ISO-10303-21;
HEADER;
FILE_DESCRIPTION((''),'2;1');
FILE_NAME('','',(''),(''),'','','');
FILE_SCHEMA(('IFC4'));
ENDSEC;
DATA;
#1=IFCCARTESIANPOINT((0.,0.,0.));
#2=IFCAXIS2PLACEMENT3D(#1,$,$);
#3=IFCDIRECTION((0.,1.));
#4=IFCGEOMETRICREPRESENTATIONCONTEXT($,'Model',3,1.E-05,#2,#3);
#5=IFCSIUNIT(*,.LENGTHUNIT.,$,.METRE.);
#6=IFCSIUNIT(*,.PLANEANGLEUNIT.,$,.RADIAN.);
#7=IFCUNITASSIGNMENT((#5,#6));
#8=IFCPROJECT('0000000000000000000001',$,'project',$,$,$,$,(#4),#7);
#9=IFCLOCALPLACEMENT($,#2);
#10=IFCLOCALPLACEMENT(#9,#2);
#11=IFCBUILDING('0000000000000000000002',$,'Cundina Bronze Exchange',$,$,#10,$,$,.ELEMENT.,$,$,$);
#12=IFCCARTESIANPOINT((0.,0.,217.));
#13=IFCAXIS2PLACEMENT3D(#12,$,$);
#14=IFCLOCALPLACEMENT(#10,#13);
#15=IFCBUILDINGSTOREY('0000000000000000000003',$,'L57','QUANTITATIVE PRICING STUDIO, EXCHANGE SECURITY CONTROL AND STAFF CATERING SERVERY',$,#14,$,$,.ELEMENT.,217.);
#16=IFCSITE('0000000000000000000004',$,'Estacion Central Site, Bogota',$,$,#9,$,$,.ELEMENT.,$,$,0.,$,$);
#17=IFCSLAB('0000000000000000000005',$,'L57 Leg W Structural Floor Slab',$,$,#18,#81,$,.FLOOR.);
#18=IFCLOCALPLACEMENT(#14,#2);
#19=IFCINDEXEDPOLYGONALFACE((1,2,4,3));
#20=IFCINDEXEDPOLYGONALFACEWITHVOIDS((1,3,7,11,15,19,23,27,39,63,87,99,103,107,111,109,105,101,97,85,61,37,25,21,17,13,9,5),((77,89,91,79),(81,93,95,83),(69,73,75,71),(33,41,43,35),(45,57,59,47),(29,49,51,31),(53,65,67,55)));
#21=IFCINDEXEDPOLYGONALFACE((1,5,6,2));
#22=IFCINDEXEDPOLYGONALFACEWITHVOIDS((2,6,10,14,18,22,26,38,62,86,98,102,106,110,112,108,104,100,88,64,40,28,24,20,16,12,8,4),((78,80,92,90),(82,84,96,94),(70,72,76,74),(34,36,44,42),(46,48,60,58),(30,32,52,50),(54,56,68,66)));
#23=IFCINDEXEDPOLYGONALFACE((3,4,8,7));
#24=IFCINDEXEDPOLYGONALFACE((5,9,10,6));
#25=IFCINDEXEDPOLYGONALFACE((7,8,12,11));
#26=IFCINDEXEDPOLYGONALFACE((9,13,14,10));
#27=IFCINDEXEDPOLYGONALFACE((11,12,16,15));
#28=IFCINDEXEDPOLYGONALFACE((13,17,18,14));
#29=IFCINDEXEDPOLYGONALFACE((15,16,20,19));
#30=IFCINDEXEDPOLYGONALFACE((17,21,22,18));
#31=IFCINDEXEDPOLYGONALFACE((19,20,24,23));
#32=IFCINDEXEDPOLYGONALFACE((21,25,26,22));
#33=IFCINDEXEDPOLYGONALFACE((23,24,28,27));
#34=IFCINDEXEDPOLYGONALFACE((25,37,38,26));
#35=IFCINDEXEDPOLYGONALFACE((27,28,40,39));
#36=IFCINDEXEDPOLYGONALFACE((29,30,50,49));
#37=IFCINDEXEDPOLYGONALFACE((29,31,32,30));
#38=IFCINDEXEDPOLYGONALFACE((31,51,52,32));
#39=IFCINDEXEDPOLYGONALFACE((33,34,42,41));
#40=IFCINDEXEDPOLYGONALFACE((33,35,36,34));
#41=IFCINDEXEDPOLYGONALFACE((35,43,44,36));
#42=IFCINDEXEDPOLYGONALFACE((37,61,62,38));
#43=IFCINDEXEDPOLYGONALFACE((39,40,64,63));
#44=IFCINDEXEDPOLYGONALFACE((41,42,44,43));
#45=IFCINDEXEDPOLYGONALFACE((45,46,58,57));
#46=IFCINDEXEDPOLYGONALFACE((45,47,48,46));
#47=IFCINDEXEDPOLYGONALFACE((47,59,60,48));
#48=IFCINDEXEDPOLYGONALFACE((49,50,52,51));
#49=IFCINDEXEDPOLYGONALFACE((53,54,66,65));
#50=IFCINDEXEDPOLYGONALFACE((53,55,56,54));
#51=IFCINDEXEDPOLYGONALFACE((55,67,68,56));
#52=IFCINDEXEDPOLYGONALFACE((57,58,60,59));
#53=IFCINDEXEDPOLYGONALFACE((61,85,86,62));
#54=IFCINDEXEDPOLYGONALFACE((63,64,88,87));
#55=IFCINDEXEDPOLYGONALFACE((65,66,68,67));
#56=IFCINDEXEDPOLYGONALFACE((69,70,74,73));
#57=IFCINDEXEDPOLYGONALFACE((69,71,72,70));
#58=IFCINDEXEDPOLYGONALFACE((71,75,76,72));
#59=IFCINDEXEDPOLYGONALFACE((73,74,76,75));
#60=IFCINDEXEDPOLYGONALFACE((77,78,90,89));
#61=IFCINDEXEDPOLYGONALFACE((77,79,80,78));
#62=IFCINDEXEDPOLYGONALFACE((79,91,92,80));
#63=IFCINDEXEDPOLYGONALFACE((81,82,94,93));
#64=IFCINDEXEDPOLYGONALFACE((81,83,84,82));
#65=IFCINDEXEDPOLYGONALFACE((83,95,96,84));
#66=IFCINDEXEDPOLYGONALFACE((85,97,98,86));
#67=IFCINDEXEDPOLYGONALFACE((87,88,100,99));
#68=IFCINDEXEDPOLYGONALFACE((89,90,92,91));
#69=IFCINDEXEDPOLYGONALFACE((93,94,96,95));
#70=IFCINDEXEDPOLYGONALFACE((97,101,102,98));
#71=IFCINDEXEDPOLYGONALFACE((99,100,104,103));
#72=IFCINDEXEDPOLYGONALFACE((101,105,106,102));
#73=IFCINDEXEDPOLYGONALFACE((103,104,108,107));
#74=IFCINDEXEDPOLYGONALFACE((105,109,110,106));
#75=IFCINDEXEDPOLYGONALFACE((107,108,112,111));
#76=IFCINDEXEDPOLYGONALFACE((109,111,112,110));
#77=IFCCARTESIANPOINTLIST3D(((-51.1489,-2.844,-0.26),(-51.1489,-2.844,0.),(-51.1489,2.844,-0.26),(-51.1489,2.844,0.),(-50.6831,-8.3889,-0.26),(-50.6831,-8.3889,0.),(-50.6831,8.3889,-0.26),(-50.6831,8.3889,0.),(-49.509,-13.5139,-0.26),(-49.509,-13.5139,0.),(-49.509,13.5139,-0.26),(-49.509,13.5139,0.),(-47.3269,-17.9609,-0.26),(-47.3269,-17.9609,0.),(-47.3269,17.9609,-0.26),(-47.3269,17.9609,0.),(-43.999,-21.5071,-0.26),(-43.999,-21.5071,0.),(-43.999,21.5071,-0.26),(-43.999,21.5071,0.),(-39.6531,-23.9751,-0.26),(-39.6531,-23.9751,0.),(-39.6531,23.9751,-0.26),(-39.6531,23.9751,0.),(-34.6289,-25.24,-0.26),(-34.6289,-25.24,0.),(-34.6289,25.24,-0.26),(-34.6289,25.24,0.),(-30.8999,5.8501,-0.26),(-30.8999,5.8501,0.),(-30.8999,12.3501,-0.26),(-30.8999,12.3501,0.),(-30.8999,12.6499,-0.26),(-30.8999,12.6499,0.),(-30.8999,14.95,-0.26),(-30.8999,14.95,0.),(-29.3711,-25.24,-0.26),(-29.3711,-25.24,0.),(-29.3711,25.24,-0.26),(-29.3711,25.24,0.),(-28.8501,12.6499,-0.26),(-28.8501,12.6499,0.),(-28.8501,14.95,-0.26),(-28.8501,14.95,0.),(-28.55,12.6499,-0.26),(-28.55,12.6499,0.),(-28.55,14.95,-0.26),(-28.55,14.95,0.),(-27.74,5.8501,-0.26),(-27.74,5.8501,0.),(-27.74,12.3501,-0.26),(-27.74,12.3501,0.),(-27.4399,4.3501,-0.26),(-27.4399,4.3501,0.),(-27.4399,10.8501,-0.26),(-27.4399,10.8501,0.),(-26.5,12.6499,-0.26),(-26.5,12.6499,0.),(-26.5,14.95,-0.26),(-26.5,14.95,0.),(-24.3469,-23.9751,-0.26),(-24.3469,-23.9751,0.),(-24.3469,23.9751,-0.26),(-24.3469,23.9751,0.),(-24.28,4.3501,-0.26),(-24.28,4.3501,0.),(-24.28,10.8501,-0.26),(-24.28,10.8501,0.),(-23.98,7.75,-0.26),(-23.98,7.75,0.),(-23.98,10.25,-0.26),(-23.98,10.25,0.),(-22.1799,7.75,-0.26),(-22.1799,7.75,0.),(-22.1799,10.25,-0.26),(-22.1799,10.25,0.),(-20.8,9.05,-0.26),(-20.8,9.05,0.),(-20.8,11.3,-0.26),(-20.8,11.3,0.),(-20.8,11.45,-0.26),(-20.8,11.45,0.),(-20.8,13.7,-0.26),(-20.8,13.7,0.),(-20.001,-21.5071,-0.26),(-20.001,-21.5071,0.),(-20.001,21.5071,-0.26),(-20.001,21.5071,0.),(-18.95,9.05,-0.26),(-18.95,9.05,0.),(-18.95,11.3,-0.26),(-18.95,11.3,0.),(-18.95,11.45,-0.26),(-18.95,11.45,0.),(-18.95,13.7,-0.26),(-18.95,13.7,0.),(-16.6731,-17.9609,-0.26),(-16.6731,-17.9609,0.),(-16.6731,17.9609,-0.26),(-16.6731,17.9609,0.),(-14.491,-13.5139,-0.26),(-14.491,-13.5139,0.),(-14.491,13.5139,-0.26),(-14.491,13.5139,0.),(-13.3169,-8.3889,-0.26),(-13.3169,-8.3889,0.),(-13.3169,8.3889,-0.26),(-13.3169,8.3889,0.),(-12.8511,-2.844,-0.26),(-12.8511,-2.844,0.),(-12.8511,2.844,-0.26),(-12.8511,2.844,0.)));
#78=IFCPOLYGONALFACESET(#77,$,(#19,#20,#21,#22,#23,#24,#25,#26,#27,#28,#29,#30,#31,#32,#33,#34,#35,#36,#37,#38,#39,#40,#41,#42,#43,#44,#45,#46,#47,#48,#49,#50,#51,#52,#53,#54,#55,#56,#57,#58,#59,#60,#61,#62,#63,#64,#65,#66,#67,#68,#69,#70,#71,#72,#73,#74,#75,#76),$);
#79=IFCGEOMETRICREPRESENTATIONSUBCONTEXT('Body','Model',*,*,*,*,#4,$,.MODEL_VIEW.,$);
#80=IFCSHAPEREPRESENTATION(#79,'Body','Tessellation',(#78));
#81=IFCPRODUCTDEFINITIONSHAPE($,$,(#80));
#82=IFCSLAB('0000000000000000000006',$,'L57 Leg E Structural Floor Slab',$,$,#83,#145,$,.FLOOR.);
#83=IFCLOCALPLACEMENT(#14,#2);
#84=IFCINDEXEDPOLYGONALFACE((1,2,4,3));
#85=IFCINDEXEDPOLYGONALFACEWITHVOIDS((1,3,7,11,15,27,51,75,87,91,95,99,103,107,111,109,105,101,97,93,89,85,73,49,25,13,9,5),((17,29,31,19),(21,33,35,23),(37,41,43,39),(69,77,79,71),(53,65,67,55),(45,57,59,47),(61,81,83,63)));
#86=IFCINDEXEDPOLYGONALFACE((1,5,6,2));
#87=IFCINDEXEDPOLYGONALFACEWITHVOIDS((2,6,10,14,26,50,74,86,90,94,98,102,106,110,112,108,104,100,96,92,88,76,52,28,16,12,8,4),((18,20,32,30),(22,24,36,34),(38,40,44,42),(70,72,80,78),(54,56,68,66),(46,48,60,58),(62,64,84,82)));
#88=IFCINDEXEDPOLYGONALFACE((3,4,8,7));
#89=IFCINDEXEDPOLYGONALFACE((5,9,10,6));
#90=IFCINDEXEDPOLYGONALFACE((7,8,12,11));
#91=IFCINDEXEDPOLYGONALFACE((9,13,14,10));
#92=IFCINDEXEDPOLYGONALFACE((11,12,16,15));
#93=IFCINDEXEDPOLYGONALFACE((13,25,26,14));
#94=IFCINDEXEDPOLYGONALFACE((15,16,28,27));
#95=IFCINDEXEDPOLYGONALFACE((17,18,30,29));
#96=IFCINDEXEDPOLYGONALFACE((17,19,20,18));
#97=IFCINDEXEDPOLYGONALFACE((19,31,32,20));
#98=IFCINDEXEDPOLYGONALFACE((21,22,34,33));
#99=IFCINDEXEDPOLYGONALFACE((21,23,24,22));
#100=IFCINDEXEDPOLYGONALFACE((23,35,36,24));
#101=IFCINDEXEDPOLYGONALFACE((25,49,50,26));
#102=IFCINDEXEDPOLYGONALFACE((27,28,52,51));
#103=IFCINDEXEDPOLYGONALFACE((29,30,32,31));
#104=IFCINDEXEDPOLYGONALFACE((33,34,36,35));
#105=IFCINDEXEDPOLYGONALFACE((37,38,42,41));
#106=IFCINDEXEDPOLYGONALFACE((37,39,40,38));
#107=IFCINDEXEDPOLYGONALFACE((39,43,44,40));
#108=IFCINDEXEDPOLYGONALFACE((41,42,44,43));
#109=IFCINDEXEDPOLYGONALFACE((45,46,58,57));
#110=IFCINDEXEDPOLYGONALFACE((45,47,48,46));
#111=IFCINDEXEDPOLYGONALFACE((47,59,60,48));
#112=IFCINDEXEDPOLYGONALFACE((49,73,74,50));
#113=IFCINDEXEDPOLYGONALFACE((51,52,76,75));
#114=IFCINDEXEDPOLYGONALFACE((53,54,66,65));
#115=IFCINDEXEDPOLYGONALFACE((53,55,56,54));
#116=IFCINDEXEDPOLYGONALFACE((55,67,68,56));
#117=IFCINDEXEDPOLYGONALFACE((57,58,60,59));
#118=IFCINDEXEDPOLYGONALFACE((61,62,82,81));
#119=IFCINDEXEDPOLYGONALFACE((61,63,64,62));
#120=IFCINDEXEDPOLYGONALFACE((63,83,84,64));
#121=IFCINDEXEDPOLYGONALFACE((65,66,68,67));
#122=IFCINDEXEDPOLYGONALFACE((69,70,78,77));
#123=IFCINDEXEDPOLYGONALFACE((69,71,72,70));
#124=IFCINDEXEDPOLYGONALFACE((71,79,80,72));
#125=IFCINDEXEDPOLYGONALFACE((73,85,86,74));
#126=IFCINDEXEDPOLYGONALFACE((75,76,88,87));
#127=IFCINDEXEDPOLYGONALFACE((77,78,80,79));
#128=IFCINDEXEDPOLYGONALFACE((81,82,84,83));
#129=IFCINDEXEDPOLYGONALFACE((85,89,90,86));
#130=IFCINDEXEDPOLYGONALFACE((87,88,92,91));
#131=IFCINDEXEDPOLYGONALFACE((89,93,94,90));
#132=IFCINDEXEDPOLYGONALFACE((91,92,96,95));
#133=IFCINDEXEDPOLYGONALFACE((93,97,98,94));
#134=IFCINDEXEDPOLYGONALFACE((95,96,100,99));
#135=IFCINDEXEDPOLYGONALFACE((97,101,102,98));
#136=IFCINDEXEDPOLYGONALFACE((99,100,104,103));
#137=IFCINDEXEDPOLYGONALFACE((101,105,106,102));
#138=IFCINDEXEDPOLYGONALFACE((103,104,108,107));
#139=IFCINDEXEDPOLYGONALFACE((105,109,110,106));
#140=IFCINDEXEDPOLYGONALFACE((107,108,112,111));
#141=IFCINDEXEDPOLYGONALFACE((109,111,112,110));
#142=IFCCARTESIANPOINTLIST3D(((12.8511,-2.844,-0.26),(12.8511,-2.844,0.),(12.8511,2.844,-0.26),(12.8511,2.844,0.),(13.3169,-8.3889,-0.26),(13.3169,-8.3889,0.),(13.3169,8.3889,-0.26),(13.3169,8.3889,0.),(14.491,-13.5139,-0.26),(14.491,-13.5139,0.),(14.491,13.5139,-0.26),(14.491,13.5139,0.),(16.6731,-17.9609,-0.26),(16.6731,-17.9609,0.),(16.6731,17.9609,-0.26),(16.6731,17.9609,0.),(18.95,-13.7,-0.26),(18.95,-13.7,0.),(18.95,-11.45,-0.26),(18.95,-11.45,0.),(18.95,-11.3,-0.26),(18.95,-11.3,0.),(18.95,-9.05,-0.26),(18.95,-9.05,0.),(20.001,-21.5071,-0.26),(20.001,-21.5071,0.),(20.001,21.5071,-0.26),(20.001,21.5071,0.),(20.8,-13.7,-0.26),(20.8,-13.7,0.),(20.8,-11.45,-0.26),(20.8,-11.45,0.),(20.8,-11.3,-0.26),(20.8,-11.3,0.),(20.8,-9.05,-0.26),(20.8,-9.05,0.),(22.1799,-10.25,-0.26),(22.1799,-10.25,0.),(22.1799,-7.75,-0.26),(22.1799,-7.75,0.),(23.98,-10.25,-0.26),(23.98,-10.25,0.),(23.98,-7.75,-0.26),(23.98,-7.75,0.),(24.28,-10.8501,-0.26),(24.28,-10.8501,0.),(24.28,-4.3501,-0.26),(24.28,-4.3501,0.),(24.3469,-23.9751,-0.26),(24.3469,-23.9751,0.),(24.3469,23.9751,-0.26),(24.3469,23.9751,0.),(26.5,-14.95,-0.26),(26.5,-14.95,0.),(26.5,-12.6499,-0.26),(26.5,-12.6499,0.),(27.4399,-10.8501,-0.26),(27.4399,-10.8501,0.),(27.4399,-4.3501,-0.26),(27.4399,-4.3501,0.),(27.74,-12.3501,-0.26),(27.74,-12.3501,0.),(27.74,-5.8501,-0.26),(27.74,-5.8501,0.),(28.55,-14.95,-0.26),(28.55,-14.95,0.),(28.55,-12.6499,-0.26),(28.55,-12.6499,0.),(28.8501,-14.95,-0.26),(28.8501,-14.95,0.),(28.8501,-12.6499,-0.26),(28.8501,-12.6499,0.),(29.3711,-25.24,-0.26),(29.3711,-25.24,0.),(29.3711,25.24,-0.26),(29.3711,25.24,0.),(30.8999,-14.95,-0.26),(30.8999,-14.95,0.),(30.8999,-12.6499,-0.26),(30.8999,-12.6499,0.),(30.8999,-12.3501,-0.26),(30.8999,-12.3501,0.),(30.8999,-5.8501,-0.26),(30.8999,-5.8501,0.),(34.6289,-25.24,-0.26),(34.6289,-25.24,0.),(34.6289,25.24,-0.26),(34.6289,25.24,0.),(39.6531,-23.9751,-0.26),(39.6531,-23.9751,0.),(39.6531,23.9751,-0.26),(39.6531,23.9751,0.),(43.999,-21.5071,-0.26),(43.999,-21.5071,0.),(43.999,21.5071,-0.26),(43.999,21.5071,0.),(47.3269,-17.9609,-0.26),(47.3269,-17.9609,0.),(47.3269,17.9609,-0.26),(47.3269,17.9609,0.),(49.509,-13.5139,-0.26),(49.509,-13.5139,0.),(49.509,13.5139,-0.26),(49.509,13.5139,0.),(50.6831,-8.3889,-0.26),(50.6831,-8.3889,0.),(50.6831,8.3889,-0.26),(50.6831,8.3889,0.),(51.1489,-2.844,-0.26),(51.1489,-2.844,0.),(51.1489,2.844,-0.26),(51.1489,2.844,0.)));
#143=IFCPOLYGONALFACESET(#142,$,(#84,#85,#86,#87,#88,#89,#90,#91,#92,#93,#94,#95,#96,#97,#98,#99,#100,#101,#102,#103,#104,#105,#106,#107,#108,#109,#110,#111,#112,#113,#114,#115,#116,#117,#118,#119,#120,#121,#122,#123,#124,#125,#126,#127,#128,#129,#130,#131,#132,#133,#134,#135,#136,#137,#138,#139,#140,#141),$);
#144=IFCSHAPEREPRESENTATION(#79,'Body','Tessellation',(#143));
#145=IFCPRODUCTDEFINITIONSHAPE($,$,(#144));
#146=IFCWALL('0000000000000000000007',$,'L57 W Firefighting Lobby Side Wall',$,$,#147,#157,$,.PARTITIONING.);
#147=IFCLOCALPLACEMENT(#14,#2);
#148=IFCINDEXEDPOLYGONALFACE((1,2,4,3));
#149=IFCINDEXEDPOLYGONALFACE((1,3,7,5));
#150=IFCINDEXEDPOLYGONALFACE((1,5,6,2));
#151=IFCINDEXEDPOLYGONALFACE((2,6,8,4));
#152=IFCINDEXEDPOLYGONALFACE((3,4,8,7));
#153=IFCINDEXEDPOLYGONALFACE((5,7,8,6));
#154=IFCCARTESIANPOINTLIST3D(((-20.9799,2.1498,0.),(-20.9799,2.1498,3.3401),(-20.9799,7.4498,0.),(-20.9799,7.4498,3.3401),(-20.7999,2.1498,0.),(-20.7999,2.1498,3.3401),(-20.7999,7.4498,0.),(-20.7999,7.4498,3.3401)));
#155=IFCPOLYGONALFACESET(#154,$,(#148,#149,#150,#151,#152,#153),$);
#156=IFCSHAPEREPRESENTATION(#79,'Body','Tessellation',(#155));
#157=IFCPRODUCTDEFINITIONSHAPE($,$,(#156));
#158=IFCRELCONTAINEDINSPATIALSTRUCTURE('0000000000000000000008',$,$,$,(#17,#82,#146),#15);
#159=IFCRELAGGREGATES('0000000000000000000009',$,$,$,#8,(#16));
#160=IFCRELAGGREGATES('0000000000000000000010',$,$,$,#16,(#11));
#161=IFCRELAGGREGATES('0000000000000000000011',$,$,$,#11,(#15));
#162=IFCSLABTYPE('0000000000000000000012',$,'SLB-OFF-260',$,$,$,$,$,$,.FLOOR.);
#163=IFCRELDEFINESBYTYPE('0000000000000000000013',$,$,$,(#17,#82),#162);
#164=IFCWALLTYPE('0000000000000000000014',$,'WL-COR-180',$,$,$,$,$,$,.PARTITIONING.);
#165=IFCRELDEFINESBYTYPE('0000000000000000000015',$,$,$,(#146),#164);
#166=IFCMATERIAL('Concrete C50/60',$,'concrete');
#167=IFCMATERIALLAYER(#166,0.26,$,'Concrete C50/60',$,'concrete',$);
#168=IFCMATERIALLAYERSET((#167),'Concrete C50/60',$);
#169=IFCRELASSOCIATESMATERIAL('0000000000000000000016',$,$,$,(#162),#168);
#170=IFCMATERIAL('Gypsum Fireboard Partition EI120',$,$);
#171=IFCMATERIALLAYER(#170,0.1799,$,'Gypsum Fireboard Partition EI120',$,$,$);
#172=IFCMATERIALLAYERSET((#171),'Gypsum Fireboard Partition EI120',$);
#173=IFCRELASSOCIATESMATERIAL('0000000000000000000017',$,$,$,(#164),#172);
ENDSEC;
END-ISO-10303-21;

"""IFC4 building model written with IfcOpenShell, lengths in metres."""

from ifc_helpers import new_model, si_unit, direction, frame, frame_2d, origin, place, context, subcontext, project, spatial, polyline, rectangle, outline, extrude, material, layer, layer_set, type_object, element, save


model = new_model("IFC4")

# Units and contexts
model_context = context("Model", 3, precision=1e-05, world=origin(), true_north=direction((0.0, 1.0)))
body_context = subcontext(model_context, "Body", "Model", "MODEL_VIEW")
ifc_project = project(units=[si_unit("LENGTHUNIT", "METRE"), si_unit("PLANEANGLEUNIT", "RADIAN")], contexts=[model_context])

# Site, building, storey
site_placement = place(None, origin())
site = spatial("IfcSite", under=ifc_project, at=site_placement, Name="Estacion Central Site, Bogota", CompositionType="ELEMENT", RefElevation=0.0)
building_placement = place(site_placement, origin())
building = spatial("IfcBuilding", under=site, at=building_placement, Name="Cundina Bronze Exchange", CompositionType="ELEMENT")
storey_placement = place(building_placement, frame((0.0, 0.0, 217.0)))
storey = spatial("IfcBuildingStorey", under=building, at=storey_placement, Name="L57", Description="QUANTITATIVE PRICING STUDIO, EXCHANGE SECURITY CONTROL AND STAFF CATERING SERVERY", CompositionType="ELEMENT", Elevation=217.0)

# Shared definitions
ifc_material_1 = material(Name="Concrete C50/60", Category="concrete")

# Slabs
ifc_layer_1 = layer(ifc_material_1, 0.26, Name="Concrete C50/60", Category="concrete")
ifc_layer_set_1 = layer_set([ifc_layer_1], Name="Concrete C50/60")
slab_type_1 = type_object("IfcSlabType", Name="SLB-OFF-260", PredefinedType="FLOOR", material=ifc_layer_set_1)
slab_1_placement = place(storey_placement, frame((0.0, 0.0, -0.26)))
element("IfcSlab", 1, at=slab_1_placement, inside=storey, type_object=slab_type_1, Name="L57 Leg W Structural Floor Slab", PredefinedType="FLOOR", context=body_context, shape_type="SweptSolid", body=[
    extrude(outline(polyline([(-12.8511, 2.844), (-13.3169, 8.3889), (-14.491, 13.5139), (-16.6731, 17.9609), (-20.001, 21.5071), (-24.3469, 23.9751), (-29.3711, 25.24), (-34.6289, 25.24), (-39.6531, 23.9751), (-43.999, 21.5071), (-47.3269, 17.9609), (-49.509, 13.5139), (-50.6831, 8.3889), (-51.1489, 2.844), (-51.1489, -2.844), (-50.6831, -8.3889), (-49.509, -13.5139), (-47.3269, -17.9609), (-43.999, -21.5071), (-39.6531, -23.9751), (-34.6289, -25.24), (-29.3711, -25.24), (-24.3469, -23.9751), (-20.001, -21.5071), (-16.6731, -17.9609), (-14.491, -13.5139), (-13.3169, -8.3889), (-12.8511, -2.844), (-12.8511, 2.844)]), holes=[polyline([(-27.74, 5.8501), (-27.74, 12.3501), (-30.8999, 12.3501), (-30.8999, 5.8501), (-27.74, 5.8501)]), polyline([(-27.4399, 10.8501), (-27.4399, 4.3501), (-24.28, 4.3501), (-24.28, 10.8501), (-27.4399, 10.8501)]), polyline([(-23.98, 10.25), (-22.1799, 10.25), (-22.1799, 7.75), (-23.98, 7.75), (-23.98, 10.25)]), polyline([(-30.8999, 14.95), (-28.8501, 14.95), (-28.8501, 12.6499), (-30.8999, 12.6499), (-30.8999, 14.95)]), polyline([(-28.55, 14.95), (-26.5, 14.95), (-26.5, 12.6499), (-28.55, 12.6499), (-28.55, 14.95)]), polyline([(-20.8, 13.7), (-18.95, 13.7), (-18.95, 11.45), (-20.8, 11.45), (-20.8, 13.7)]), polyline([(-20.8, 11.3), (-18.95, 11.3), (-18.95, 9.05), (-20.8, 9.05), (-20.8, 11.3)])]), origin(), (0.0, 0.0, 1.0), 0.26),
])
slab_2_placement = place(storey_placement, frame((0.0, 0.0, -0.26)))
element("IfcSlab", 2, at=slab_2_placement, inside=storey, type_object=slab_type_1, Name="L57 Leg E Structural Floor Slab", PredefinedType="FLOOR", context=body_context, shape_type="SweptSolid", body=[
    extrude(outline(polyline([(51.1489, 2.844), (50.6831, 8.3889), (49.509, 13.5139), (47.3269, 17.9609), (43.999, 21.5071), (39.6531, 23.9751), (34.6289, 25.24), (29.3711, 25.24), (24.3469, 23.9751), (20.001, 21.5071), (16.6731, 17.9609), (14.491, 13.5139), (13.3169, 8.3889), (12.8511, 2.844), (12.8511, -2.844), (13.3169, -8.3889), (14.491, -13.5139), (16.6731, -17.9609), (20.001, -21.5071), (24.3469, -23.9751), (29.3711, -25.24), (34.6289, -25.24), (39.6531, -23.9751), (43.999, -21.5071), (47.3269, -17.9609), (49.509, -13.5139), (50.6831, -8.3889), (51.1489, -2.844), (51.1489, 2.844)]), holes=[polyline([(27.74, -5.8501), (27.74, -12.3501), (30.8999, -12.3501), (30.8999, -5.8501), (27.74, -5.8501)]), polyline([(27.4399, -10.8501), (27.4399, -4.3501), (24.28, -4.3501), (24.28, -10.8501), (27.4399, -10.8501)]), polyline([(22.1799, -7.75), (23.98, -7.75), (23.98, -10.25), (22.1799, -10.25), (22.1799, -7.75)]), polyline([(28.8501, -12.6499), (30.8999, -12.6499), (30.8999, -14.95), (28.8501, -14.95), (28.8501, -12.6499)]), polyline([(26.5, -12.6499), (28.55, -12.6499), (28.55, -14.95), (26.5, -14.95), (26.5, -12.6499)]), polyline([(18.95, -11.45), (20.8, -11.45), (20.8, -13.7), (18.95, -13.7), (18.95, -11.45)]), polyline([(18.95, -9.05), (20.8, -9.05), (20.8, -11.3), (18.95, -11.3), (18.95, -9.05)])]), origin(), (0.0, 0.0, 1.0), 0.26),
])

# Wall
ifc_material_2 = material(Name="Gypsum Fireboard Partition EI120")
ifc_layer_2 = layer(ifc_material_2, 0.1799, Name="Gypsum Fireboard Partition EI120")
ifc_layer_set_2 = layer_set([ifc_layer_2], Name="Gypsum Fireboard Partition EI120")
wall_type_1 = type_object("IfcWallType", Name="WL-COR-180", PredefinedType="PARTITIONING", material=ifc_layer_set_2)
wall_1_placement = place(storey_placement, frame((-20.8899, 2.1499, 0.0), z_axis=(0.0, 0.0, 1.0), x_axis=(0.0, 1.0, 0.0)))
element("IfcWall", 3, at=wall_1_placement, inside=storey, type_object=wall_type_1, Name="L57 W Firefighting Lobby Side Wall", PredefinedType="PARTITIONING", context=body_context, shape_type="SweptSolid", body=[
    extrude(rectangle(XDim=5.3, YDim=0.1799, at=frame_2d((2.6499, 0.0))), origin(), (0.0, 0.0, 1.0), 3.3401),
])

save(model, "model.ifc")
